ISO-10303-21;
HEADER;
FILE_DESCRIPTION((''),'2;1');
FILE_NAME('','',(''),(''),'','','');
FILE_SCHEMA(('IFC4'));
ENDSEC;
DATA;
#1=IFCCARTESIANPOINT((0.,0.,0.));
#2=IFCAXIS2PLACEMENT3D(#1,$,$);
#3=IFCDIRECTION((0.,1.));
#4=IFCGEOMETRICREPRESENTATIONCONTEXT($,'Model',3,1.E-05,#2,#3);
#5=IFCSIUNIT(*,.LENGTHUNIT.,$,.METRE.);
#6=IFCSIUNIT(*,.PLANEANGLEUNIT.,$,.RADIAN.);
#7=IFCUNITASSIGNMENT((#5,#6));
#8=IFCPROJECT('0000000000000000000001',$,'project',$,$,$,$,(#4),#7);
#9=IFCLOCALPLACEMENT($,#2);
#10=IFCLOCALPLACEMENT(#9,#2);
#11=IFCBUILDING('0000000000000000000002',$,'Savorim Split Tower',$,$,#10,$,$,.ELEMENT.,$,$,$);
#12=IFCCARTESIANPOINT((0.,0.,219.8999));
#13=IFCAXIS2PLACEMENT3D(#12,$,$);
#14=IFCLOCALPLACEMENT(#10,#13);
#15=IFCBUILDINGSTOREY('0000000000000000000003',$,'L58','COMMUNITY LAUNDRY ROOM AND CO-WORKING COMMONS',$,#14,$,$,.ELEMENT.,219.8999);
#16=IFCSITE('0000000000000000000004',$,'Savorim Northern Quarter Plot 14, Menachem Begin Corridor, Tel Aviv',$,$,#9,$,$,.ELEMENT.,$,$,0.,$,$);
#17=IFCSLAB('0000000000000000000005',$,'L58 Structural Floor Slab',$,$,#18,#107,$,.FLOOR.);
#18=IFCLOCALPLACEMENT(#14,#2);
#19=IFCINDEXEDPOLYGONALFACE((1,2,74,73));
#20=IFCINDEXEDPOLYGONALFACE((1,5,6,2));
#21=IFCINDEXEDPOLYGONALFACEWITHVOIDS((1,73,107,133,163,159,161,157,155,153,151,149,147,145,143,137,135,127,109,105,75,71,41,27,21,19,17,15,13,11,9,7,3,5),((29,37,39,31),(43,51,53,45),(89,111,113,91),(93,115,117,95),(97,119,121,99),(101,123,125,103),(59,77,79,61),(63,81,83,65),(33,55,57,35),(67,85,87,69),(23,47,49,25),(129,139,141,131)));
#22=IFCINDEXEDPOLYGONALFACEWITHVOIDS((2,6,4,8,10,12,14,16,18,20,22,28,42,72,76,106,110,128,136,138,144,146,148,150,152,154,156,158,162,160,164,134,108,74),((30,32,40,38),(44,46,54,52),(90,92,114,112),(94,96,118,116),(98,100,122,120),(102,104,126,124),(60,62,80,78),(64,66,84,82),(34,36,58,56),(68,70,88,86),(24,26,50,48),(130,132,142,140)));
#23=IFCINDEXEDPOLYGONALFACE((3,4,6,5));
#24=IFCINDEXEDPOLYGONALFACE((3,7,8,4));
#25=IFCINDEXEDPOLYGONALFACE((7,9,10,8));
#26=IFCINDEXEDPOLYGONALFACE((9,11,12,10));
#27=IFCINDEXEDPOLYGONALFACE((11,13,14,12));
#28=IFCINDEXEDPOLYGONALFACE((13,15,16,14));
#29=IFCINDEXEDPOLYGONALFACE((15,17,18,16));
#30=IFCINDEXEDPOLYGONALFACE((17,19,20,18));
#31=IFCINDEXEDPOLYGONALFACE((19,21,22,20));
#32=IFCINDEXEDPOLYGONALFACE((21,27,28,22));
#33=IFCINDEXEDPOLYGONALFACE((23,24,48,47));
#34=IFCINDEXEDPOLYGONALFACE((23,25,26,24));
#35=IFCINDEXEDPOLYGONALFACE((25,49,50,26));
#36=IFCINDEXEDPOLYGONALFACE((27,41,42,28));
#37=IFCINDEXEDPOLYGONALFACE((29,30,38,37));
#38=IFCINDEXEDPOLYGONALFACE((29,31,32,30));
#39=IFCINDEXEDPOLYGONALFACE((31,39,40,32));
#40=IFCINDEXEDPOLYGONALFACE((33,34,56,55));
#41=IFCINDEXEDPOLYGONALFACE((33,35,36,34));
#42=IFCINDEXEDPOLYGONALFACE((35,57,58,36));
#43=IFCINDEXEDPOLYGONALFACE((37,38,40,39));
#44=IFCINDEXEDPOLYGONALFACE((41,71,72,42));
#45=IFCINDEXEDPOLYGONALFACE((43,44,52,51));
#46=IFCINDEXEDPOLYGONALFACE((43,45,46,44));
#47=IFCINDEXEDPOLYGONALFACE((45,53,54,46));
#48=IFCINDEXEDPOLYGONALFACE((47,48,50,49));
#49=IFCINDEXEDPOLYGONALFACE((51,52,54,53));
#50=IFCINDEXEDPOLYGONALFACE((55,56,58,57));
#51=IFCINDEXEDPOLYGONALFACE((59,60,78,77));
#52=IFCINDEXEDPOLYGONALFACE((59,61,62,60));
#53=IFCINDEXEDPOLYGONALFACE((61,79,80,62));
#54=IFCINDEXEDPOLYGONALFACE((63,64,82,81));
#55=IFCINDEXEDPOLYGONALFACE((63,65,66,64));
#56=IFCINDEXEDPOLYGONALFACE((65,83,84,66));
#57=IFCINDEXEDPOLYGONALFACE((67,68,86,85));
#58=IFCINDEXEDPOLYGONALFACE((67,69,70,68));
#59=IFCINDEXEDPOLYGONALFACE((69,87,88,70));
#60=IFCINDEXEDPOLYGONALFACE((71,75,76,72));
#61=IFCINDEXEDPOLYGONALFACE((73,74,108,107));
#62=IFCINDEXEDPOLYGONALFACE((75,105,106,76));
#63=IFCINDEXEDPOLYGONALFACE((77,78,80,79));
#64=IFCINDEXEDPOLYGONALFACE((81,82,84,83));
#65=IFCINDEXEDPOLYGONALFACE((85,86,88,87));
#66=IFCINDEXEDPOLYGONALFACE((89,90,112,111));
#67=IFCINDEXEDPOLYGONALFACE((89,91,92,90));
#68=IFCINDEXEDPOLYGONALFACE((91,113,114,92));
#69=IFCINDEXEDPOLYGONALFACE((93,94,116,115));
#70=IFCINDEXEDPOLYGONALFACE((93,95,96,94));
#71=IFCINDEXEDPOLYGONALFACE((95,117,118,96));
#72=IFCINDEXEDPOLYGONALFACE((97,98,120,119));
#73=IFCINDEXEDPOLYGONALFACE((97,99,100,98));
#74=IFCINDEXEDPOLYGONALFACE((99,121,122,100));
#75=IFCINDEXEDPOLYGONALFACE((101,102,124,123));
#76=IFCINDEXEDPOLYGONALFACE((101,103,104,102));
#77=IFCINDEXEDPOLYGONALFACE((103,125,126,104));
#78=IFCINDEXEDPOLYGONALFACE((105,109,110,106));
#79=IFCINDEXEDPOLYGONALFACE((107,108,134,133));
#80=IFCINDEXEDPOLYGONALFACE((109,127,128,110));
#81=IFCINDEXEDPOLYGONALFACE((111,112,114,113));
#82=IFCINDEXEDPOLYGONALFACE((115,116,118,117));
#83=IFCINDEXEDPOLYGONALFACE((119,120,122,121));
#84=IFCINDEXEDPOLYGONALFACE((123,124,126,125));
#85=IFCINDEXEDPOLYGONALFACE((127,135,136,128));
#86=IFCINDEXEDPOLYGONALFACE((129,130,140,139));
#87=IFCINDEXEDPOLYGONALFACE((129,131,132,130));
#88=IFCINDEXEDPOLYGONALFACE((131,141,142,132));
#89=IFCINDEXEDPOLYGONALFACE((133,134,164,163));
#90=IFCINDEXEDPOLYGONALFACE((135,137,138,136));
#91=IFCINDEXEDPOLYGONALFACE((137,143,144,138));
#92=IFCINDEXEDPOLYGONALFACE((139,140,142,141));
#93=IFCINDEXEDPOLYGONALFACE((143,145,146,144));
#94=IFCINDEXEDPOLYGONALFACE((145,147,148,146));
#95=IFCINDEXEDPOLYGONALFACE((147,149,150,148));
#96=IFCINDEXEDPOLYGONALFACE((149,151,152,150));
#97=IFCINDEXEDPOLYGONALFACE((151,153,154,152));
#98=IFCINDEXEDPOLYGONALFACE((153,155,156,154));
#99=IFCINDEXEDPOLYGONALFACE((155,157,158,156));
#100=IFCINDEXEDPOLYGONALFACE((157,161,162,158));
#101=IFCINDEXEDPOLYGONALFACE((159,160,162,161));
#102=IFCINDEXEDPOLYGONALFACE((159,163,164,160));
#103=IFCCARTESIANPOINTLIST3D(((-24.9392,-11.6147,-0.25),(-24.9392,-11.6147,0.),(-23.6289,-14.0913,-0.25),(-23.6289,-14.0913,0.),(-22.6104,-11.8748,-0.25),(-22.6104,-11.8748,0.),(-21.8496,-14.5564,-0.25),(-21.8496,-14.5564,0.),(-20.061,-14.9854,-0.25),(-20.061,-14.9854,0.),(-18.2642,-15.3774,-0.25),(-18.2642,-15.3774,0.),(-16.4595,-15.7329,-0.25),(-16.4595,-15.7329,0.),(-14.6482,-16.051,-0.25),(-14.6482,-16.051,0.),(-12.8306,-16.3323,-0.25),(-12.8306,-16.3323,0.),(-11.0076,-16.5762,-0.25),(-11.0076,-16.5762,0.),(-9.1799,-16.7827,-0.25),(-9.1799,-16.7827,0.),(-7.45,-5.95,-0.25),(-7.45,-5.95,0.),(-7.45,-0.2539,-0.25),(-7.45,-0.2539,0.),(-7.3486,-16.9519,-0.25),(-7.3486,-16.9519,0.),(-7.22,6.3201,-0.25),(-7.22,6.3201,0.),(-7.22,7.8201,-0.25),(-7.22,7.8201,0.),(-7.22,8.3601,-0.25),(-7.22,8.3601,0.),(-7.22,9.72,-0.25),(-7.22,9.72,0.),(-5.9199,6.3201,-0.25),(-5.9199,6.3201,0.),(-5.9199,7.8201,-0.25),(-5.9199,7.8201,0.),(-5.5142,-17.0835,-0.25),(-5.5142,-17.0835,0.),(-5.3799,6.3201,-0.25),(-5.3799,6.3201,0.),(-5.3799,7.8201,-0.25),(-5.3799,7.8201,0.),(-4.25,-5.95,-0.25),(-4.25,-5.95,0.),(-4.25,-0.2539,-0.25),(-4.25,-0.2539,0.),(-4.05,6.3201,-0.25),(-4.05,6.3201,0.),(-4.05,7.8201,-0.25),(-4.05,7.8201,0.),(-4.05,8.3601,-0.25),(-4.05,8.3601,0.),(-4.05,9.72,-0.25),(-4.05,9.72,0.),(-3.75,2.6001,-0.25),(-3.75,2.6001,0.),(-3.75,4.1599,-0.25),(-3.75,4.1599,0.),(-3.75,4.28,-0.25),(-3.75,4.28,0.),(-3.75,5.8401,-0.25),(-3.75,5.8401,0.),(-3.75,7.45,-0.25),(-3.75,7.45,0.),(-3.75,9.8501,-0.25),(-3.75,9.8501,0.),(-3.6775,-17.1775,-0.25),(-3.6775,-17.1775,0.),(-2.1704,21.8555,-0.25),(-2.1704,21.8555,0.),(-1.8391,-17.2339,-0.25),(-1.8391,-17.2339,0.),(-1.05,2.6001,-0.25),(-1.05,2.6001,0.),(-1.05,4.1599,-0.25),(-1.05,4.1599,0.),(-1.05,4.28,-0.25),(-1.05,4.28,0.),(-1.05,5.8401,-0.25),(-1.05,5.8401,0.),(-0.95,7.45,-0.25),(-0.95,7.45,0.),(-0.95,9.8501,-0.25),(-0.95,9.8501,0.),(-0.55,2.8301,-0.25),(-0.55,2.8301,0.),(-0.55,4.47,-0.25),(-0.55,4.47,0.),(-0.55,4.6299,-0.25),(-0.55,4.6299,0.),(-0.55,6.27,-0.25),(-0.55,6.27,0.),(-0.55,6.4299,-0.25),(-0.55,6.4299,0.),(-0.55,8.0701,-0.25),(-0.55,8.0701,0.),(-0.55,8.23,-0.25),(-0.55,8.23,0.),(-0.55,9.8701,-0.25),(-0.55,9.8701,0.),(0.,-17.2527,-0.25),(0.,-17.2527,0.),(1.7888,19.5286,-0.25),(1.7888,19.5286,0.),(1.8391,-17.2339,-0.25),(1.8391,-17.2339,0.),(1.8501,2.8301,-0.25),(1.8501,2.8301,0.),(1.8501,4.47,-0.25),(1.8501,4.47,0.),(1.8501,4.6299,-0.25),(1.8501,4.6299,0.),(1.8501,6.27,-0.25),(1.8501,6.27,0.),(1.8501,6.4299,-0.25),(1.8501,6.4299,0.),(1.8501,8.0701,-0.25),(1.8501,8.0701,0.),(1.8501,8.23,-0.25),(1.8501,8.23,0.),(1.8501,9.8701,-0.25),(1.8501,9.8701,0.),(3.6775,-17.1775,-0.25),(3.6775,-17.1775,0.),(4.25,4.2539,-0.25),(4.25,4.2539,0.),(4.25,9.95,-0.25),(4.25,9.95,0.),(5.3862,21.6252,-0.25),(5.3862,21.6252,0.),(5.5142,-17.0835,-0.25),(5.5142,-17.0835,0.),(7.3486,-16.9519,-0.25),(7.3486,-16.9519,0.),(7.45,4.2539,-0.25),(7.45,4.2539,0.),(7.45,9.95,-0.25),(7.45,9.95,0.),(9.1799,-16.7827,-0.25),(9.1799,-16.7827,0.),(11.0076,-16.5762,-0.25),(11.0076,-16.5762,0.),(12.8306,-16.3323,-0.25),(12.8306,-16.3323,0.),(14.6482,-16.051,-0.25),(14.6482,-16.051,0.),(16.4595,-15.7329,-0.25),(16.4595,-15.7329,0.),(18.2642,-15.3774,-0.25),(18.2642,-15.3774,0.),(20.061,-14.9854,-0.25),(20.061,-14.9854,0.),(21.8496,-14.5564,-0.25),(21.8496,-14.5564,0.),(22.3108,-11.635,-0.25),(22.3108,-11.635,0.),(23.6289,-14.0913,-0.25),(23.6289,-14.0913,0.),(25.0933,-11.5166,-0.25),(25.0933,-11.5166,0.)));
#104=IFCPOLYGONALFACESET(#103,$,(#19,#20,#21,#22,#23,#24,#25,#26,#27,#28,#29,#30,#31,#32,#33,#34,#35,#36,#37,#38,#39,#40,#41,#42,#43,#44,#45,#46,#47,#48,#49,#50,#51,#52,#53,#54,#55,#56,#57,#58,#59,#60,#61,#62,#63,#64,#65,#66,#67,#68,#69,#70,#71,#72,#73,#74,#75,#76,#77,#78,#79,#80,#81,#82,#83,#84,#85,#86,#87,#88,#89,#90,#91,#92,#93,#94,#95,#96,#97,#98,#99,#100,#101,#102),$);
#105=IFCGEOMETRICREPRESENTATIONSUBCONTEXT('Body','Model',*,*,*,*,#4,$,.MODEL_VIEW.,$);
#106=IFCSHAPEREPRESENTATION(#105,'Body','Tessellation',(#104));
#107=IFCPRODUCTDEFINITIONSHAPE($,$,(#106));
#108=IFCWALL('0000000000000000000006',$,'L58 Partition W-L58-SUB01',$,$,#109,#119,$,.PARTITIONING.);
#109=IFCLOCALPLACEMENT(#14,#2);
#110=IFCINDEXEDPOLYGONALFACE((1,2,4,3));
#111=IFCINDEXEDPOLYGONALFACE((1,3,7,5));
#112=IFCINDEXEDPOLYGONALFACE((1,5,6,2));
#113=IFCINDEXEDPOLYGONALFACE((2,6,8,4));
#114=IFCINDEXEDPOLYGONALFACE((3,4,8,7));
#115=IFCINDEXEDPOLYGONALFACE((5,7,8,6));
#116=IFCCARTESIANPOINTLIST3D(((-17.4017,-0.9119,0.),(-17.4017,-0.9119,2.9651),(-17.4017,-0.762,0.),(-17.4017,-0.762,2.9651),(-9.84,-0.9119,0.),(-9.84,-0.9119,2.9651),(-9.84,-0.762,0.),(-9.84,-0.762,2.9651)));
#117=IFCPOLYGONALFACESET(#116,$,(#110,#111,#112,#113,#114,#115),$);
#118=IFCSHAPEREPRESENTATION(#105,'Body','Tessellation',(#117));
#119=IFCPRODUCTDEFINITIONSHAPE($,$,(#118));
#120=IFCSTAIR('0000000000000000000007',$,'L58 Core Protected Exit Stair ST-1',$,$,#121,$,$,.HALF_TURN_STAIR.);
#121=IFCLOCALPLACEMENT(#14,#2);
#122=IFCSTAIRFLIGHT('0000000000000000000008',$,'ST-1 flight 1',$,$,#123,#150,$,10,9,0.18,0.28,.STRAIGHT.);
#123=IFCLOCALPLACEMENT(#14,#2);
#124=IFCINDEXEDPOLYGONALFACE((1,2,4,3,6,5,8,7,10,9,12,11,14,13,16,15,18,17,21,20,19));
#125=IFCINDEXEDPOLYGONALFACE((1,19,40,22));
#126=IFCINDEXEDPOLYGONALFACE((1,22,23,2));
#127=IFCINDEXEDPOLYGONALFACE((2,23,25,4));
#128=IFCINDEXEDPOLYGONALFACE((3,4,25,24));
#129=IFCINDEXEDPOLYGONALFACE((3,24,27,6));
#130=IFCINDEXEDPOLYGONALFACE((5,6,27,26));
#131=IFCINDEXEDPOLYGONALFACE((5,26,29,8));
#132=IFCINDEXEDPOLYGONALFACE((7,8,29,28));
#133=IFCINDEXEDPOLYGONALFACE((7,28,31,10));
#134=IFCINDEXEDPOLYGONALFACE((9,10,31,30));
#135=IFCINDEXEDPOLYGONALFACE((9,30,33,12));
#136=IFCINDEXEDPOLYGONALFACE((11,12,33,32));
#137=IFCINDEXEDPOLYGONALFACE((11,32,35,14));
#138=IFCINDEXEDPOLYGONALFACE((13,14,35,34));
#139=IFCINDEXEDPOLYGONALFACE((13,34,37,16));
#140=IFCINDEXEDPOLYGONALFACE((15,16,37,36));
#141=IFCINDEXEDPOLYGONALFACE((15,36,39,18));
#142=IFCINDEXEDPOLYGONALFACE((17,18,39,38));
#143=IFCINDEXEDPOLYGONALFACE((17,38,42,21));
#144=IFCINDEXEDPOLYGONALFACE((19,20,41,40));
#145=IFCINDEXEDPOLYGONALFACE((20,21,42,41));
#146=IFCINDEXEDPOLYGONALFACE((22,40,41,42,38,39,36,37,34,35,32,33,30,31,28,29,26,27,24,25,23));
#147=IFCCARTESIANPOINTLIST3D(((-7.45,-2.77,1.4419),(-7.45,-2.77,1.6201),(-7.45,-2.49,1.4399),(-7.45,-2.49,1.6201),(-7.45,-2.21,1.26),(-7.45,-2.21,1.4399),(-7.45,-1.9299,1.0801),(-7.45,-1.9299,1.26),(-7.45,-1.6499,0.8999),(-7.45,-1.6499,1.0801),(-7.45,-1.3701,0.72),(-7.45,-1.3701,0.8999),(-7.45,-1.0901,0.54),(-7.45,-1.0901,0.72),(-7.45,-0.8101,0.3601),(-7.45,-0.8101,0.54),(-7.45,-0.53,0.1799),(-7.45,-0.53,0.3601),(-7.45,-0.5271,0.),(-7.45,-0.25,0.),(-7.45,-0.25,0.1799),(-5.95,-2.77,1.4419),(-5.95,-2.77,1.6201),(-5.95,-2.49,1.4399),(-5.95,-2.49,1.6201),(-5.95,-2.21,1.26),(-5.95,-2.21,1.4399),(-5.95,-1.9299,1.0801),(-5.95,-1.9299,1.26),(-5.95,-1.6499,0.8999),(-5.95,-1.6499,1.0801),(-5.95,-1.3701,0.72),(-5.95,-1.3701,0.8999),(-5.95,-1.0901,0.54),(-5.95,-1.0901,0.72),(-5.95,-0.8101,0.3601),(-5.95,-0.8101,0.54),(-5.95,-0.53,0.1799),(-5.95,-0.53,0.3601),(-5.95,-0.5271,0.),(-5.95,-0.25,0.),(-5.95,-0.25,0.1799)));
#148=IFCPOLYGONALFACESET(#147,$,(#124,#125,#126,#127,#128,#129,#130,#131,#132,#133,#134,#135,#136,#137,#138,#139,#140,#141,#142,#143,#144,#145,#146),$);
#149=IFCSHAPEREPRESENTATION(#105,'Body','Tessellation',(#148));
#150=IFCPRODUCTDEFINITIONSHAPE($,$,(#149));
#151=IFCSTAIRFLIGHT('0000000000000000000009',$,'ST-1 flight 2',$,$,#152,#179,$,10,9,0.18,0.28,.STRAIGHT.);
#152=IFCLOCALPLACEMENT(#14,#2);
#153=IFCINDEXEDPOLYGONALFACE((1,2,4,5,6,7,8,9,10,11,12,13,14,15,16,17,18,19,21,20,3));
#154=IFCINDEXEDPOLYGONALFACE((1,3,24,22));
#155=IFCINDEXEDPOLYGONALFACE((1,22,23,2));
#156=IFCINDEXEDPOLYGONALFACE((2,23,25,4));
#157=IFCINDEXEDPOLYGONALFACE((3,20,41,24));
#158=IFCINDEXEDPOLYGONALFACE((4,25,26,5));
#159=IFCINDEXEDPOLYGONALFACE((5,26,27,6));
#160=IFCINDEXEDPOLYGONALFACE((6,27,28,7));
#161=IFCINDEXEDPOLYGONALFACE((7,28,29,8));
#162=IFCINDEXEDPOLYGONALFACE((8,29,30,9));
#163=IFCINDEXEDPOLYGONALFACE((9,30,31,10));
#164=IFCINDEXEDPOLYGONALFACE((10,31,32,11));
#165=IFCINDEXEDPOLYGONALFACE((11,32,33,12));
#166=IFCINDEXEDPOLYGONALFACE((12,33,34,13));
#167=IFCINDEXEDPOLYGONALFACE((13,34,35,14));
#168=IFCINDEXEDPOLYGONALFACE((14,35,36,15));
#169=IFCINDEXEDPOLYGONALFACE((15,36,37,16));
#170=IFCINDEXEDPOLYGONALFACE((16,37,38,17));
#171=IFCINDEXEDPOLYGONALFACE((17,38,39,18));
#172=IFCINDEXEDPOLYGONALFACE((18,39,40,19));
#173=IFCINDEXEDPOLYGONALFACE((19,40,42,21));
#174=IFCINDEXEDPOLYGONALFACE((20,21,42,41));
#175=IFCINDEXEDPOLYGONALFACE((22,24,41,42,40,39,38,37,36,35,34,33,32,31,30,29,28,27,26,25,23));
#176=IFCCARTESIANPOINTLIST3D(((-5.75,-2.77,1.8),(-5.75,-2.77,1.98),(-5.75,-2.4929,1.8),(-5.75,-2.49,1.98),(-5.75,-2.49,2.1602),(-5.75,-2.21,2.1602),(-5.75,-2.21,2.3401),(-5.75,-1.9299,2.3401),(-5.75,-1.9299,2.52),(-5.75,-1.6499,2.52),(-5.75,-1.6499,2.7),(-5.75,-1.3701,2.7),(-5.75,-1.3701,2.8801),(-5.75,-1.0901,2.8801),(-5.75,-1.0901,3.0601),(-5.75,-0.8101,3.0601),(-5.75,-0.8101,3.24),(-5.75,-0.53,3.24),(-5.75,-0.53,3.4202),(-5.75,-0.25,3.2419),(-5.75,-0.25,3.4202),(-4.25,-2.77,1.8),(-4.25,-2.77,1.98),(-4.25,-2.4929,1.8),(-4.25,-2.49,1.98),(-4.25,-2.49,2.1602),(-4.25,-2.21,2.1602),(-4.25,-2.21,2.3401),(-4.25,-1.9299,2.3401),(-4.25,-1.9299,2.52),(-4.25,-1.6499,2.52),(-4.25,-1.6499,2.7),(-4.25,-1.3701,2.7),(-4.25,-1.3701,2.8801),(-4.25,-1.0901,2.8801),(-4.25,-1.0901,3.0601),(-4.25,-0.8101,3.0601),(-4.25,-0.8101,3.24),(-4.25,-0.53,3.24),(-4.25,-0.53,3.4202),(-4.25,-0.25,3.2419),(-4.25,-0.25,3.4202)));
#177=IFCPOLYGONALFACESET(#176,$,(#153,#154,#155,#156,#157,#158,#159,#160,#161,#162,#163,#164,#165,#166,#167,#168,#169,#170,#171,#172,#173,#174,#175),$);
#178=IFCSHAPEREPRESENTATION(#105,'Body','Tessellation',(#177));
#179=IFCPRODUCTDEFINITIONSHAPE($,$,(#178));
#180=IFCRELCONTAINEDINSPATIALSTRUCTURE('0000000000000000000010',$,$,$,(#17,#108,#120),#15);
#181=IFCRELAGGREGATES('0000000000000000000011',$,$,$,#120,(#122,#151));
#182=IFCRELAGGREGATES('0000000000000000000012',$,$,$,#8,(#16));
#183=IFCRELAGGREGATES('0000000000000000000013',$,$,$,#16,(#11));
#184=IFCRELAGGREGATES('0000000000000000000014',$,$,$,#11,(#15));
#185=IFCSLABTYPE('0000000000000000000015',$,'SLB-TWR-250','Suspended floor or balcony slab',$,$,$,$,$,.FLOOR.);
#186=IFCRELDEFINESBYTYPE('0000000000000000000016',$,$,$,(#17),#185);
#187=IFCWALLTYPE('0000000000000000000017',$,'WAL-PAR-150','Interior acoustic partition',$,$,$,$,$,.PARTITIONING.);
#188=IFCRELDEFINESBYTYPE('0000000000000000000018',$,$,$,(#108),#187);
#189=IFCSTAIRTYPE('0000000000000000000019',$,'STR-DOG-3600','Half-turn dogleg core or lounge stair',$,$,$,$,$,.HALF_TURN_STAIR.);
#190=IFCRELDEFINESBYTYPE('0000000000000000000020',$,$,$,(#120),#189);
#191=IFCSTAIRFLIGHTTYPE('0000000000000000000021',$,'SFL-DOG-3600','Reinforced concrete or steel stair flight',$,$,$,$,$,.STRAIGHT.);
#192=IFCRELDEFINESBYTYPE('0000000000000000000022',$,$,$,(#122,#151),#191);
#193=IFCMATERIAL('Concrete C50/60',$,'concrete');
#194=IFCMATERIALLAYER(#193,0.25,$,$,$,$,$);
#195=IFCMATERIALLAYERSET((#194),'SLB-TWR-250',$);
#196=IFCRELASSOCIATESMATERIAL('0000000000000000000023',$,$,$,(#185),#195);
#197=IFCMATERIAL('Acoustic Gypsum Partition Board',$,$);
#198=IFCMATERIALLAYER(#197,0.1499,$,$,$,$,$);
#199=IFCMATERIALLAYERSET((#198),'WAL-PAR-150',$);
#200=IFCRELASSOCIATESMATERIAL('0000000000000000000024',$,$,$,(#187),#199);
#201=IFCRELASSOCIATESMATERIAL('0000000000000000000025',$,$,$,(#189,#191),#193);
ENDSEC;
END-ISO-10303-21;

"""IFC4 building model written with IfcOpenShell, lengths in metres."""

from ifc_helpers import new_model, si_unit, direction, frame, frame_2d, origin, place, context, subcontext, project, spatial, polyline, rectangle, outline, extrude, material, layer, layer_set, type_object, element, aggregate, save


model = new_model("IFC4")

# Units and contexts
model_context = context("Model", 3, precision=1e-05, world=origin(), true_north=direction((0.0, 1.0)))
body_context = subcontext(model_context, "Body", "Model", "MODEL_VIEW")
ifc_project = project(units=[si_unit("LENGTHUNIT", "METRE"), si_unit("PLANEANGLEUNIT", "RADIAN")], contexts=[model_context])

# Site, building, storey
site_placement = place(None, origin())
site = spatial("IfcSite", under=ifc_project, at=site_placement, Name="Savorim Northern Quarter Plot 14, Menachem Begin Corridor, Tel Aviv", CompositionType="ELEMENT", RefElevation=0.0)
building_placement = place(site_placement, origin())
building = spatial("IfcBuilding", under=site, at=building_placement, Name="Savorim Split Tower", CompositionType="ELEMENT")
storey_placement = place(building_placement, frame((0.0, 0.0, 219.8999)))
storey = spatial("IfcBuildingStorey", under=building, at=storey_placement, Name="L58", Description="COMMUNITY LAUNDRY ROOM AND CO-WORKING COMMONS", CompositionType="ELEMENT", Elevation=219.8999)

# Slab
ifc_material_1 = material(Name="Concrete C50/60", Category="concrete")
ifc_layer_1 = layer(ifc_material_1, 0.25)
ifc_layer_set_1 = layer_set([ifc_layer_1], Name="SLB-TWR-250")
slab_type = type_object("IfcSlabType", Name="SLB-TWR-250", Description="Suspended floor or balcony slab", PredefinedType="FLOOR", material=ifc_layer_set_1)
slab_placement = place(storey_placement, frame((0.0, 0.0, -0.25)))
element("IfcSlab", 1, at=slab_placement, inside=storey, type_object=slab_type, Name="L58 Structural Floor Slab", PredefinedType="FLOOR", context=body_context, shape_type="SweptSolid", body=[
    extrude(outline(polyline([(-23.6289, -14.0913), (-21.8496, -14.5564), (-20.061, -14.9854), (-18.2642, -15.3774), (-16.4595, -15.7329), (-14.6482, -16.051), (-12.8306, -16.3323), (-11.0076, -16.5762), (-9.1799, -16.7827), (-7.3486, -16.9519), (-5.5142, -17.0835), (-3.6775, -17.1775), (-1.8391, -17.2339), (0.0, -17.2527), (1.8391, -17.2339), (3.6775, -17.1775), (5.5142, -17.0835), (7.3486, -16.9519), (9.1799, -16.7827), (11.0076, -16.5762), (12.8306, -16.3323), (14.6482, -16.051), (16.4595, -15.7329), (18.2642, -15.3774), (20.061, -14.9854), (21.8496, -14.5564), (23.6289, -14.0913), (22.3108, -11.635), (25.0933, -11.5166), (5.3862, 21.6252), (1.7888, 19.5286), (-2.1704, 21.8555), (-24.9392, -11.6147), (-22.6104, -11.8748), (-23.6289, -14.0913)]), holes=[polyline([(-7.45, -0.2539), (-7.45, -5.95), (-4.25, -5.95), (-4.25, -0.2539), (-7.45, -0.2539)]), polyline([(7.45, 4.2539), (7.45, 9.95), (4.25, 9.95), (4.25, 4.2539), (7.45, 4.2539)]), polyline([(-0.55, 2.8301), (1.8501, 2.8301), (1.8501, 4.47), (-0.55, 4.47), (-0.55, 2.8301)]), polyline([(-0.55, 4.6299), (1.8501, 4.6299), (1.8501, 6.27), (-0.55, 6.27), (-0.55, 4.6299)]), polyline([(-0.55, 6.4299), (1.8501, 6.4299), (1.8501, 8.0701), (-0.55, 8.0701), (-0.55, 6.4299)]), polyline([(-0.55, 8.23), (1.8501, 8.23), (1.8501, 9.8701), (-0.55, 9.8701), (-0.55, 8.23)]), polyline([(-3.75, 2.6001), (-1.05, 2.6001), (-1.05, 4.1599), (-3.75, 4.1599), (-3.75, 2.6001)]), polyline([(-3.75, 4.28), (-1.05, 4.28), (-1.05, 5.8401), (-3.75, 5.8401), (-3.75, 4.28)]), polyline([(-3.75, 7.45), (-0.95, 7.45), (-0.95, 9.8501), (-3.75, 9.8501), (-3.75, 7.45)]), polyline([(-7.22, 6.3201), (-5.9199, 6.3201), (-5.9199, 7.8201), (-7.22, 7.8201), (-7.22, 6.3201)]), polyline([(-5.3799, 6.3201), (-4.05, 6.3201), (-4.05, 7.8201), (-5.3799, 7.8201), (-5.3799, 6.3201)]), polyline([(-7.22, 8.3601), (-4.05, 8.3601), (-4.05, 9.72), (-7.22, 9.72), (-7.22, 8.3601)])]), origin(), (0.0, 0.0, 1.0), 0.25),
])

# Wall
ifc_material_2 = material(Name="Acoustic Gypsum Partition Board")
ifc_layer_2 = layer(ifc_material_2, 0.1499)
ifc_layer_set_2 = layer_set([ifc_layer_2], Name="WAL-PAR-150")
wall_type_1 = type_object("IfcWallType", Name="WAL-PAR-150", Description="Interior acoustic partition", PredefinedType="PARTITIONING", material=ifc_layer_set_2)
wall_1_placement = place(storey_placement, frame((-9.8401, -0.8369, 0.0), z_axis=(0.0, 0.0, 1.0), x_axis=(-1.0, 0.0, 0.0)))
element("IfcWall", 2, at=wall_1_placement, inside=storey, type_object=wall_type_1, Name="L58 Partition W-L58-SUB01", PredefinedType="PARTITIONING", context=body_context, shape_type="SweptSolid", body=[
    extrude(rectangle(XDim=7.5618, YDim=0.1499, at=frame_2d((3.7808, 0.0))), origin(), (0.0, 0.0, 1.0), 2.9651),
])

# Stair, stair flights
stair_type = type_object("IfcStairType", Name="STR-DOG-3600", Description="Half-turn dogleg core or lounge stair", PredefinedType="HALF_TURN_STAIR", material=ifc_material_1)
stair_placement = place(storey_placement, origin())
stair = element("IfcStair", 3, at=stair_placement, inside=storey, type_object=stair_type, Name="L58 Core Protected Exit Stair ST-1", PredefinedType="HALF_TURN_STAIR")
stair_flight_type = type_object("IfcStairFlightType", Name="SFL-DOG-3600", Description="Reinforced concrete or steel stair flight", PredefinedType="STRAIGHT", material=ifc_material_1)
stair_flight_1_placement = place(storey_placement, frame((-6.7, -0.25, 0.0), z_axis=(0.0, 0.0, 1.0), x_axis=(0.0, -1.0, 0.0)))
stair_flight_1 = element("IfcStairFlight", 4, at=stair_flight_1_placement, type_object=stair_flight_type, Name="ST-1 flight 1", NumberOfRisers=10, NumberOfTreads=9, PredefinedType="STRAIGHT", RiserHeight=0.18, TreadLength=0.28, context=body_context, shape_type="SweptSolid", body=[
    extrude(outline(polyline([(0.0, 0.0), (0.0, 0.1799), (0.28, 0.1799), (0.28, 0.3601), (0.5601, 0.3601), (0.5601, 0.54), (0.8401, 0.54), (0.8401, 0.72), (1.1201, 0.72), (1.1201, 0.8999), (1.3999, 0.8999), (1.3999, 1.0801), (1.6799, 1.0801), (1.6799, 1.26), (1.96, 1.26), (1.96, 1.4399), (2.24, 1.4399), (2.24, 1.6201), (2.52, 1.6201), (2.52, 1.8), (2.52, 1.4419), (0.2771, 0.0), (0.0, 0.0)])), frame((0.0, 0.75, 0.0), z_axis=(0.0, -1.0, 0.0), x_axis=(1.0, 0.0, 0.0)), (0.0, 0.0, 1.0), 1.5),
])
stair_flight_2_placement = place(storey_placement, frame((-5.0, -2.77, 1.8), z_axis=(0.0, 0.0, 1.0), x_axis=(0.0, 1.0, 0.0)))
stair_flight_2 = element("IfcStairFlight", 5, at=stair_flight_2_placement, type_object=stair_flight_type, Name="ST-1 flight 2", NumberOfRisers=10, NumberOfTreads=9, PredefinedType="STRAIGHT", RiserHeight=0.18, TreadLength=0.28, context=body_context, shape_type="SweptSolid", body=[
    extrude(outline(polyline([(0.0, 0.0), (0.0, 0.1799), (0.28, 0.1799), (0.28, 0.3601), (0.5601, 0.3601), (0.5601, 0.54), (0.8401, 0.54), (0.8401, 0.72), (1.1201, 0.72), (1.1201, 0.8999), (1.3999, 0.8999), (1.3999, 1.0801), (1.6799, 1.0801), (1.6799, 1.26), (1.96, 1.26), (1.96, 1.4399), (2.24, 1.4399), (2.24, 1.6201), (2.52, 1.6201), (2.52, 1.8), (2.52, 1.4419), (0.2771, 0.0), (0.0, 0.0)])), frame((0.0, 0.75, 0.0), z_axis=(0.0, -1.0, 0.0), x_axis=(1.0, 0.0, 0.0)), (0.0, 0.0, 1.0), 1.5),
])
aggregate(stair, [stair_flight_1, stair_flight_2])

save(model, "model.ifc")
